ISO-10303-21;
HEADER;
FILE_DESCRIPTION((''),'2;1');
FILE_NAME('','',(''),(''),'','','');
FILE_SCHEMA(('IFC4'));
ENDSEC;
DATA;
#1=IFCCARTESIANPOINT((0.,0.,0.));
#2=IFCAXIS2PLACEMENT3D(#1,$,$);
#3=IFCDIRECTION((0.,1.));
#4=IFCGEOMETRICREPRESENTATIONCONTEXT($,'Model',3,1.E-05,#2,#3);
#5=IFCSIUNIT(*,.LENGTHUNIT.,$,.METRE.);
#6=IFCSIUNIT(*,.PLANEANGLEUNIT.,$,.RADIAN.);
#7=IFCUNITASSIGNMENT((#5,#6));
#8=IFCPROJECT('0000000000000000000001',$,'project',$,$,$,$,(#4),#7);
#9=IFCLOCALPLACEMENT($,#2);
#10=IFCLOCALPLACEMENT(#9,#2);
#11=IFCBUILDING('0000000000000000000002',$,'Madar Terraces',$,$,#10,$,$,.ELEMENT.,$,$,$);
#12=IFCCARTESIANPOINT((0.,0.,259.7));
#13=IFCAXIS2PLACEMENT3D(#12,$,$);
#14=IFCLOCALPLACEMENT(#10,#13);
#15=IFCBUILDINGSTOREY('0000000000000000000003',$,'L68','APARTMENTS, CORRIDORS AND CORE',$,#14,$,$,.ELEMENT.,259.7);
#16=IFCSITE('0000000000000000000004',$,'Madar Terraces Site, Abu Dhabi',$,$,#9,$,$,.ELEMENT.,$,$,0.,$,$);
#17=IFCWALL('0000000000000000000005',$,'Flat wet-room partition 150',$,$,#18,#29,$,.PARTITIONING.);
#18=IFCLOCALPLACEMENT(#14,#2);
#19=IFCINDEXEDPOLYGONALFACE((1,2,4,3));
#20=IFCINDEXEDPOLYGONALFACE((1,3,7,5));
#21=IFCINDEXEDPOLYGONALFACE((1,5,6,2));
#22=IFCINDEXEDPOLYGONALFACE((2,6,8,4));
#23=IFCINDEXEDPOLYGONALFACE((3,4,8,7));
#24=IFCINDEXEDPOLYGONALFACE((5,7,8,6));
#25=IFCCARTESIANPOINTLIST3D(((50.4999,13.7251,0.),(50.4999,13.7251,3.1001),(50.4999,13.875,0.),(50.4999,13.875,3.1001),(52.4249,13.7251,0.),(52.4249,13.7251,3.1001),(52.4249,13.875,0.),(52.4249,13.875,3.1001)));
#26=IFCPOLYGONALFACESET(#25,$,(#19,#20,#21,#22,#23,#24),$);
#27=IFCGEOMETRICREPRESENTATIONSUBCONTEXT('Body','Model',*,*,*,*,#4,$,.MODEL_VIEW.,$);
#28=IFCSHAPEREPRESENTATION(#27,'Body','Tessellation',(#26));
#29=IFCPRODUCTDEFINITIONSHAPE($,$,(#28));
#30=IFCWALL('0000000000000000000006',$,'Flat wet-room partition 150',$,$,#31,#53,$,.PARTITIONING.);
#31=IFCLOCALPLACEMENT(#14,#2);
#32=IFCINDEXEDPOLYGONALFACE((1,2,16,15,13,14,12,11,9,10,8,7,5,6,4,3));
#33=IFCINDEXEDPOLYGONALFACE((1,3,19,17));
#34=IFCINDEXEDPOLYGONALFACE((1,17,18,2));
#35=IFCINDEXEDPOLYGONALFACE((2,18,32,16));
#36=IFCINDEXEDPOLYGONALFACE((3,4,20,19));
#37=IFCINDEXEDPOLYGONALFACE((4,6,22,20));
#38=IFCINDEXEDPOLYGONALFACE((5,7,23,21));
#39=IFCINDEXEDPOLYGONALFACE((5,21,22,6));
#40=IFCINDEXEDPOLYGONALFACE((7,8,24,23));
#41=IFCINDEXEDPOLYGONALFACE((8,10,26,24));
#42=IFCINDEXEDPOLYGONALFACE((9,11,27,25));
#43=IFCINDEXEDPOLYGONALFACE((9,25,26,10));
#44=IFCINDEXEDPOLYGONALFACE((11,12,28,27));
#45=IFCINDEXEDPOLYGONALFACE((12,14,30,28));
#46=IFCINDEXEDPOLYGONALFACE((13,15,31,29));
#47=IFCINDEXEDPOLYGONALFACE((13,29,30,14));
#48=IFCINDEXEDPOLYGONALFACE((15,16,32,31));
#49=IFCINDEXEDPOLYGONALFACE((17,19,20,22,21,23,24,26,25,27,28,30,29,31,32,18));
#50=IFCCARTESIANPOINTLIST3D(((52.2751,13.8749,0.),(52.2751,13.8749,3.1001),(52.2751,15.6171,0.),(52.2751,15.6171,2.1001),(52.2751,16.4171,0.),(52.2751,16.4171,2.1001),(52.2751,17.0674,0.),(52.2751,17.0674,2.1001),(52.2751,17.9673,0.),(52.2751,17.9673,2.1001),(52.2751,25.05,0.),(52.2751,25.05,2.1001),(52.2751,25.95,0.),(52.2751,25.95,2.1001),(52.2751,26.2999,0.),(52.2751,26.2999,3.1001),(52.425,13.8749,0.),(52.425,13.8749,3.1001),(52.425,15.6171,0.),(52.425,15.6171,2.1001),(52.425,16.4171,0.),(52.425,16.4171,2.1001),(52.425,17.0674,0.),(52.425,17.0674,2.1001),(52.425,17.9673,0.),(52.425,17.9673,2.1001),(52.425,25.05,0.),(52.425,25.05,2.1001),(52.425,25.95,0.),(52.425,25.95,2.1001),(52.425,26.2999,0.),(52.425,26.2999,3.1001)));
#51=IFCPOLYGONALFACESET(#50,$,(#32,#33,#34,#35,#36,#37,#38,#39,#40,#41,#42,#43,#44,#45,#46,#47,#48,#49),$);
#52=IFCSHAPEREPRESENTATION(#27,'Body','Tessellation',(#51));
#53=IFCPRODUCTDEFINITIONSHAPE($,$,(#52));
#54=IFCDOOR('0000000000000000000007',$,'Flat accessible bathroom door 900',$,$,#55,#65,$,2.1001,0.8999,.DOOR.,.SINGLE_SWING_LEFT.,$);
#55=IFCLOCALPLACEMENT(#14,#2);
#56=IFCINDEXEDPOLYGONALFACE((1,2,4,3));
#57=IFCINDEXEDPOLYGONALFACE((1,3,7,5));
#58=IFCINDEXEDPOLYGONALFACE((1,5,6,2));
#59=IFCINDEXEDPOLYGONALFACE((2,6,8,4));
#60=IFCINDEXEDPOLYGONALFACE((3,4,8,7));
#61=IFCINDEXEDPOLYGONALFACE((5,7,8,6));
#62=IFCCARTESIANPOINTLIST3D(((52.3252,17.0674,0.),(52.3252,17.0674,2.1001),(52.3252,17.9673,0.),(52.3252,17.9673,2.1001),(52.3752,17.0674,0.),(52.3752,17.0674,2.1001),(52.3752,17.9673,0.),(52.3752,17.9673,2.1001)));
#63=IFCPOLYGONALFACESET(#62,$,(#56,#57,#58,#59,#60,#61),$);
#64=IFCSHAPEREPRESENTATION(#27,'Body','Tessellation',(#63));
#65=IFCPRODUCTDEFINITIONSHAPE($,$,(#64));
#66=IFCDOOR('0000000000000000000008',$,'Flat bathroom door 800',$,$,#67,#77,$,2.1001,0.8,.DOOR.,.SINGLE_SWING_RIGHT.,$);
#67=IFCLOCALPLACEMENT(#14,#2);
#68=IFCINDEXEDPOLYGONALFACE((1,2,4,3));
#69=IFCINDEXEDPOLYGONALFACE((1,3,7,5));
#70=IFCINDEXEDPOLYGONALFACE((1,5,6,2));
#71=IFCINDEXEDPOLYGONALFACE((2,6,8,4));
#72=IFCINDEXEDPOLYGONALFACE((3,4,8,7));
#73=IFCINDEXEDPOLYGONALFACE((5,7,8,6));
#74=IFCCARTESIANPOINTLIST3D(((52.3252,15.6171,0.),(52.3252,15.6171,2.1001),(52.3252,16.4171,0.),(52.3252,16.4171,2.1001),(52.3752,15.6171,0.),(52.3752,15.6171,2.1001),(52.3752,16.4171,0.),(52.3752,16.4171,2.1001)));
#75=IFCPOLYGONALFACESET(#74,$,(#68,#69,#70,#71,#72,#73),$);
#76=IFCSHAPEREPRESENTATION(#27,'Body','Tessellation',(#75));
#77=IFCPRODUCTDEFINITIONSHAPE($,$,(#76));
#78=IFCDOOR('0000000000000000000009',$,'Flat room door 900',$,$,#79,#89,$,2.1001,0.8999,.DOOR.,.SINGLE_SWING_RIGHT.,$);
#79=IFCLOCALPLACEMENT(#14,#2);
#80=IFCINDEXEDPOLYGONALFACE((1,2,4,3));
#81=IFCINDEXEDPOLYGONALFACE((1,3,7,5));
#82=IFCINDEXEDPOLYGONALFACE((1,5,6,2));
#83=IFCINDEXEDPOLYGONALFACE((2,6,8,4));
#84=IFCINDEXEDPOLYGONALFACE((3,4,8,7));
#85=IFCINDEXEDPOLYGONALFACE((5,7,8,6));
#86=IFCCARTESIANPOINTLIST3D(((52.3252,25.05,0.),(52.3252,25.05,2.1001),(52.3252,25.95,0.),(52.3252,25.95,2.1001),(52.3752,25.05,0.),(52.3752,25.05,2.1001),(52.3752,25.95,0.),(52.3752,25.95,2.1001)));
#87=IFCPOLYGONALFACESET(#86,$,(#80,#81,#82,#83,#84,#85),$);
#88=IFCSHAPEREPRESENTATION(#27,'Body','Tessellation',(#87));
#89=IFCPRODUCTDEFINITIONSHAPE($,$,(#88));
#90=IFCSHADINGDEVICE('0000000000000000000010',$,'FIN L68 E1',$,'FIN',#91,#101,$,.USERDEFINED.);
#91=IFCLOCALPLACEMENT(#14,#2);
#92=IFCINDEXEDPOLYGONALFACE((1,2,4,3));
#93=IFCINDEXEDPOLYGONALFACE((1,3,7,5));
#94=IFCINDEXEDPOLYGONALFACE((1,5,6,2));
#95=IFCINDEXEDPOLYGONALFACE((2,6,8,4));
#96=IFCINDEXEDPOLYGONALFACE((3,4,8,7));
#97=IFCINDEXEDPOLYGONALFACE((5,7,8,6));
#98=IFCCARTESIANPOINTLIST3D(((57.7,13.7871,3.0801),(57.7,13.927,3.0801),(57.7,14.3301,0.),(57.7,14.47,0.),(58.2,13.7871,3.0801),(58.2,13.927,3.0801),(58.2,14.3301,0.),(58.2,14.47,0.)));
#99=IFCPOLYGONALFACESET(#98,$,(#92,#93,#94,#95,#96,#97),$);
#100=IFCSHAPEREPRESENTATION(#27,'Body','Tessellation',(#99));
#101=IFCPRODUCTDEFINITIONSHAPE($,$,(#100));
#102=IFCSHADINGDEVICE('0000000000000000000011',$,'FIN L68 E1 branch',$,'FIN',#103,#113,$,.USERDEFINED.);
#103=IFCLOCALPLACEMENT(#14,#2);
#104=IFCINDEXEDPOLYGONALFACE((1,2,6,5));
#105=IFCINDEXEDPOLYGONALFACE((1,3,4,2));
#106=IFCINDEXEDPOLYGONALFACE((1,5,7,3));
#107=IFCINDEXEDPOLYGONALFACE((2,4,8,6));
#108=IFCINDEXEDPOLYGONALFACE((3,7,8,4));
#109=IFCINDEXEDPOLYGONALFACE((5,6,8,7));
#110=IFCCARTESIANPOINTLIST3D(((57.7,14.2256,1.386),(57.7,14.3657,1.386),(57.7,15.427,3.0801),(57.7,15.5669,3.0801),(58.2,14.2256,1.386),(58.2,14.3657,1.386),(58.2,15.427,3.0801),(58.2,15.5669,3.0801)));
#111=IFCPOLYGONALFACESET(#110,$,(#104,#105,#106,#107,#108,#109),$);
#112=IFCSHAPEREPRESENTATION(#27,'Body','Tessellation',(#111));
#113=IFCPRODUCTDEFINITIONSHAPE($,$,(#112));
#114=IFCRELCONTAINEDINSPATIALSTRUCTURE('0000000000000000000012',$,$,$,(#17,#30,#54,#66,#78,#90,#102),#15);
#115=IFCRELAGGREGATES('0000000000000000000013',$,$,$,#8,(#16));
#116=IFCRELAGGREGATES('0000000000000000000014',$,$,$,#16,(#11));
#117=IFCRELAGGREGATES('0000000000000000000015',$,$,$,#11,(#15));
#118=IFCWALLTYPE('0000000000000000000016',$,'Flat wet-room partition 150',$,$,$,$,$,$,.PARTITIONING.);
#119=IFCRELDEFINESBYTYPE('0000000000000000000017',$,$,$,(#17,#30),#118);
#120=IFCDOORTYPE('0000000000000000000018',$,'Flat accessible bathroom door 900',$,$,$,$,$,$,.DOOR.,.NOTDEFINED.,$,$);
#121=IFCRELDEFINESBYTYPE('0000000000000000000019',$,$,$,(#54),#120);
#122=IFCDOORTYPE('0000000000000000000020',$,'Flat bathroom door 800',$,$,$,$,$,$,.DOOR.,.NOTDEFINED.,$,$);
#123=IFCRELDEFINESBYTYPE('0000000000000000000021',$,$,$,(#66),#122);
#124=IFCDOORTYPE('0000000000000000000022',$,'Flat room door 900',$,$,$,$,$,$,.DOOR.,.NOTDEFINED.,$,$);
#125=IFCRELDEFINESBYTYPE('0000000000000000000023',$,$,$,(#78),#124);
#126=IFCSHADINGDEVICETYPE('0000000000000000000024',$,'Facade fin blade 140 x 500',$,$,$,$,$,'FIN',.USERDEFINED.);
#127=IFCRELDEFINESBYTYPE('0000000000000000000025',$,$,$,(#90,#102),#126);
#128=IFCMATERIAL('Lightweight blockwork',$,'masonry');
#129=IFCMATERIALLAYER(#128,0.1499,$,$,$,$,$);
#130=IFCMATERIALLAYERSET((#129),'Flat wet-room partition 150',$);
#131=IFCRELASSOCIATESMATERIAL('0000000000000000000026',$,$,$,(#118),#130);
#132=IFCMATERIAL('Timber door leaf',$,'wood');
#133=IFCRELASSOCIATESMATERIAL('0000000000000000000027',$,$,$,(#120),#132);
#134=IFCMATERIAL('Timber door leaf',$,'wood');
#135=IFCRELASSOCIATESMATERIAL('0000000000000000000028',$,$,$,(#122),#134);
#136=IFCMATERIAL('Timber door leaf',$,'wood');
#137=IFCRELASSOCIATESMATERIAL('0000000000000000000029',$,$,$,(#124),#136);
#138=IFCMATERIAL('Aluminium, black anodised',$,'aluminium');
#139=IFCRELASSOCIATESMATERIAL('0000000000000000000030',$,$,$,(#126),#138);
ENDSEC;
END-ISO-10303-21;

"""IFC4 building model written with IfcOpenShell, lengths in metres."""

from ifc_helpers import new_model, si_unit, direction, frame, frame_2d, origin, place, context, subcontext, project, spatial, polyline, rectangle, outline, extrude, material, layer, layer_set, type_object, element, fill, save


model = new_model("IFC4")

# Units and contexts
model_context = context("Model", 3, precision=1e-05, world=origin(), true_north=direction((0.0, 1.0)))
body_context = subcontext(model_context, "Body", "Model", "MODEL_VIEW")
ifc_project = project(units=[si_unit("LENGTHUNIT", "METRE"), si_unit("PLANEANGLEUNIT", "RADIAN")], contexts=[model_context])

# Site, building, storey
site_placement = place(None, origin())
site = spatial("IfcSite", under=ifc_project, at=site_placement, Name="Madar Terraces Site, Abu Dhabi", CompositionType="ELEMENT", RefElevation=0.0)
building_placement = place(site_placement, origin())
building = spatial("IfcBuilding", under=site, at=building_placement, Name="Madar Terraces", CompositionType="ELEMENT")
storey_placement = place(building_placement, frame((0.0, 0.0, 259.7)))
storey = spatial("IfcBuildingStorey", under=building, at=storey_placement, Name="L68", Description="APARTMENTS, CORRIDORS AND CORE", CompositionType="ELEMENT", Elevation=259.7)

# Wall
ifc_material_1 = material(Name="Lightweight blockwork", Category="masonry")
ifc_layer_1 = layer(ifc_material_1, 0.1499)
ifc_layer_set_1 = layer_set([ifc_layer_1], Name="Flat wet-room partition 150")
wall_type_1 = type_object("IfcWallType", Name="Flat wet-room partition 150", PredefinedType="PARTITIONING", material=ifc_layer_set_1)
wall_1_placement = place(storey_placement, frame((50.5, 13.8, 0.0), z_axis=(0.0, 0.0, 1.0), x_axis=(1.0, 0.0, 0.0)))
element("IfcWall", 1, at=wall_1_placement, inside=storey, type_object=wall_type_1, Name="Flat wet-room partition 150", PredefinedType="PARTITIONING", context=body_context, shape_type="SweptSolid", body=[
    extrude(rectangle(XDim=1.925, YDim=0.1499, at=frame_2d((0.9624, 0.0))), origin(), (0.0, 0.0, 1.0), 3.1001),
])

# Wall, openings, doors
wall_2_placement = place(storey_placement, frame((52.3501, 13.875, 0.0), z_axis=(0.0, 0.0, 1.0), x_axis=(0.0, 1.0, 0.0)))
wall_2 = element("IfcWall", 2, at=wall_2_placement, inside=storey, type_object=wall_type_1, Name="Flat wet-room partition 150", PredefinedType="PARTITIONING", context=body_context, shape_type="SweptSolid", body=[
    extrude(rectangle(XDim=12.425, YDim=0.1499, at=frame_2d((6.2124, 0.0))), origin(), (0.0, 0.0, 1.0), 3.1001),
])
opening_1_placement = place(wall_2_placement, frame((1.7422, 0.0, 0.0)))
opening_1 = element("IfcOpeningElement", 3, at=opening_1_placement, cuts=wall_2, PredefinedType="OPENING", context=body_context, shape_type="SweptSolid", body=[
    extrude(rectangle(XDim=0.8, YDim=2.1001, at=frame_2d((0.3999, 1.05))), frame((0.0, 0.085, 0.0), z_axis=(0.0, -1.0, 0.0), x_axis=(1.0, 0.0, 0.0)), (0.0, 0.0, 1.0), 0.1699),
])
opening_2_placement = place(wall_2_placement, frame((3.1924, 0.0, 0.0)))
opening_2 = element("IfcOpeningElement", 4, at=opening_2_placement, cuts=wall_2, PredefinedType="OPENING", context=body_context, shape_type="SweptSolid", body=[
    extrude(rectangle(XDim=0.8999, YDim=2.1001, at=frame_2d((0.45, 1.05))), frame((0.0, 0.085, 0.0), z_axis=(0.0, -1.0, 0.0), x_axis=(1.0, 0.0, 0.0)), (0.0, 0.0, 1.0), 0.1699),
])
opening_3_placement = place(wall_2_placement, frame((11.175, 0.0, 0.0)))
opening_3 = element("IfcOpeningElement", 5, at=opening_3_placement, cuts=wall_2, PredefinedType="OPENING", context=body_context, shape_type="SweptSolid", body=[
    extrude(rectangle(XDim=0.8999, YDim=2.1001, at=frame_2d((0.45, 1.05))), frame((0.0, 0.085, 0.0), z_axis=(0.0, -1.0, 0.0), x_axis=(1.0, 0.0, 0.0)), (0.0, 0.0, 1.0), 0.1699),
])
ifc_material_2 = material(Name="Timber door leaf", Category="wood")
door_type_1 = type_object("IfcDoorType", Name="Flat accessible bathroom door 900", OperationType="NOTDEFINED", PredefinedType="DOOR", material=ifc_material_2)
door_1_placement = place(opening_2_placement, origin())
door_1 = element("IfcDoor", 6, at=door_1_placement, inside=storey, type_object=door_type_1, Name="Flat accessible bathroom door 900", OperationType="SINGLE_SWING_LEFT", OverallHeight=2.1001, OverallWidth=0.8999, PredefinedType="DOOR", context=body_context, shape_type="SweptSolid", body=[
    extrude(rectangle(XDim=0.8999, YDim=2.1001, at=frame_2d((0.45, 1.05))), frame((0.0, 0.0249, 0.0), z_axis=(0.0, -1.0, 0.0), x_axis=(1.0, 0.0, 0.0)), (0.0, 0.0, 1.0), 0.05),
])
fill(opening_2, door_1)
ifc_material_3 = material(Name="Timber door leaf", Category="wood")
door_type_2 = type_object("IfcDoorType", Name="Flat bathroom door 800", OperationType="NOTDEFINED", PredefinedType="DOOR", material=ifc_material_3)
door_2_placement = place(opening_1_placement, origin())
door_2 = element("IfcDoor", 7, at=door_2_placement, inside=storey, type_object=door_type_2, Name="Flat bathroom door 800", OperationType="SINGLE_SWING_RIGHT", OverallHeight=2.1001, OverallWidth=0.8, PredefinedType="DOOR", context=body_context, shape_type="SweptSolid", body=[
    extrude(rectangle(XDim=0.8, YDim=2.1001, at=frame_2d((0.3999, 1.05))), frame((0.0, 0.0249, 0.0), z_axis=(0.0, -1.0, 0.0), x_axis=(1.0, 0.0, 0.0)), (0.0, 0.0, 1.0), 0.05),
])
fill(opening_1, door_2)
ifc_material_4 = material(Name="Timber door leaf", Category="wood")
door_type_3 = type_object("IfcDoorType", Name="Flat room door 900", OperationType="NOTDEFINED", PredefinedType="DOOR", material=ifc_material_4)
door_3_placement = place(opening_3_placement, origin())
door_3 = element("IfcDoor", 8, at=door_3_placement, inside=storey, type_object=door_type_3, Name="Flat room door 900", OperationType="SINGLE_SWING_RIGHT", OverallHeight=2.1001, OverallWidth=0.8999, PredefinedType="DOOR", context=body_context, shape_type="SweptSolid", body=[
    extrude(rectangle(XDim=0.8999, YDim=2.1001, at=frame_2d((0.45, 1.05))), frame((0.0, 0.0249, 0.0), z_axis=(0.0, -1.0, 0.0), x_axis=(1.0, 0.0, 0.0)), (0.0, 0.0, 1.0), 0.05),
])
fill(opening_3, door_3)

# Shading devices
ifc_material_5 = material(Name="Aluminium, black anodised", Category="aluminium")
shading_device_type = type_object("IfcShadingDeviceType", Name="Facade fin blade 140 x 500", ElementType="FIN", PredefinedType="USERDEFINED", material=ifc_material_5)
shading_device_1_placement = place(storey_placement, frame((57.95, 14.3301, 0.0), z_axis=(0.0, 0.0, 1.0), x_axis=(0.0, 1.0, 0.0)))
element("IfcShadingDevice", 9, at=shading_device_1_placement, inside=storey, type_object=shading_device_type, Name="FIN L68 E1", ObjectType="FIN", PredefinedType="USERDEFINED", context=body_context, shape_type="SweptSolid", body=[
    extrude(outline(polyline([(0.0, 0.0), (0.1399, 0.0), (-0.4031, 3.0801), (-0.543, 3.0801), (0.0, 0.0)])), frame((0.0, 0.25, 0.0), z_axis=(0.0, -1.0, 0.0), x_axis=(1.0, 0.0, 0.0)), (0.0, 0.0, 1.0), 0.5),
])
shading_device_2_placement = place(storey_placement, frame((57.95, 14.2256, 1.386), z_axis=(0.0, 0.0, 1.0), x_axis=(0.0, 1.0, 0.0)))
element("IfcShadingDevice", 10, at=shading_device_2_placement, inside=storey, type_object=shading_device_type, Name="FIN L68 E1 branch", ObjectType="FIN", PredefinedType="USERDEFINED", context=body_context, shape_type="SweptSolid", body=[
    extrude(outline(polyline([(0.0, 0.0), (0.1401, 0.0), (1.3413, 1.6941), (1.2014, 1.6941), (0.0, 0.0)])), frame((0.0, 0.25, 0.0), z_axis=(0.0, -1.0, 0.0), x_axis=(1.0, 0.0, 0.0)), (0.0, 0.0, 1.0), 0.5),
])

save(model, "model.ifc")
